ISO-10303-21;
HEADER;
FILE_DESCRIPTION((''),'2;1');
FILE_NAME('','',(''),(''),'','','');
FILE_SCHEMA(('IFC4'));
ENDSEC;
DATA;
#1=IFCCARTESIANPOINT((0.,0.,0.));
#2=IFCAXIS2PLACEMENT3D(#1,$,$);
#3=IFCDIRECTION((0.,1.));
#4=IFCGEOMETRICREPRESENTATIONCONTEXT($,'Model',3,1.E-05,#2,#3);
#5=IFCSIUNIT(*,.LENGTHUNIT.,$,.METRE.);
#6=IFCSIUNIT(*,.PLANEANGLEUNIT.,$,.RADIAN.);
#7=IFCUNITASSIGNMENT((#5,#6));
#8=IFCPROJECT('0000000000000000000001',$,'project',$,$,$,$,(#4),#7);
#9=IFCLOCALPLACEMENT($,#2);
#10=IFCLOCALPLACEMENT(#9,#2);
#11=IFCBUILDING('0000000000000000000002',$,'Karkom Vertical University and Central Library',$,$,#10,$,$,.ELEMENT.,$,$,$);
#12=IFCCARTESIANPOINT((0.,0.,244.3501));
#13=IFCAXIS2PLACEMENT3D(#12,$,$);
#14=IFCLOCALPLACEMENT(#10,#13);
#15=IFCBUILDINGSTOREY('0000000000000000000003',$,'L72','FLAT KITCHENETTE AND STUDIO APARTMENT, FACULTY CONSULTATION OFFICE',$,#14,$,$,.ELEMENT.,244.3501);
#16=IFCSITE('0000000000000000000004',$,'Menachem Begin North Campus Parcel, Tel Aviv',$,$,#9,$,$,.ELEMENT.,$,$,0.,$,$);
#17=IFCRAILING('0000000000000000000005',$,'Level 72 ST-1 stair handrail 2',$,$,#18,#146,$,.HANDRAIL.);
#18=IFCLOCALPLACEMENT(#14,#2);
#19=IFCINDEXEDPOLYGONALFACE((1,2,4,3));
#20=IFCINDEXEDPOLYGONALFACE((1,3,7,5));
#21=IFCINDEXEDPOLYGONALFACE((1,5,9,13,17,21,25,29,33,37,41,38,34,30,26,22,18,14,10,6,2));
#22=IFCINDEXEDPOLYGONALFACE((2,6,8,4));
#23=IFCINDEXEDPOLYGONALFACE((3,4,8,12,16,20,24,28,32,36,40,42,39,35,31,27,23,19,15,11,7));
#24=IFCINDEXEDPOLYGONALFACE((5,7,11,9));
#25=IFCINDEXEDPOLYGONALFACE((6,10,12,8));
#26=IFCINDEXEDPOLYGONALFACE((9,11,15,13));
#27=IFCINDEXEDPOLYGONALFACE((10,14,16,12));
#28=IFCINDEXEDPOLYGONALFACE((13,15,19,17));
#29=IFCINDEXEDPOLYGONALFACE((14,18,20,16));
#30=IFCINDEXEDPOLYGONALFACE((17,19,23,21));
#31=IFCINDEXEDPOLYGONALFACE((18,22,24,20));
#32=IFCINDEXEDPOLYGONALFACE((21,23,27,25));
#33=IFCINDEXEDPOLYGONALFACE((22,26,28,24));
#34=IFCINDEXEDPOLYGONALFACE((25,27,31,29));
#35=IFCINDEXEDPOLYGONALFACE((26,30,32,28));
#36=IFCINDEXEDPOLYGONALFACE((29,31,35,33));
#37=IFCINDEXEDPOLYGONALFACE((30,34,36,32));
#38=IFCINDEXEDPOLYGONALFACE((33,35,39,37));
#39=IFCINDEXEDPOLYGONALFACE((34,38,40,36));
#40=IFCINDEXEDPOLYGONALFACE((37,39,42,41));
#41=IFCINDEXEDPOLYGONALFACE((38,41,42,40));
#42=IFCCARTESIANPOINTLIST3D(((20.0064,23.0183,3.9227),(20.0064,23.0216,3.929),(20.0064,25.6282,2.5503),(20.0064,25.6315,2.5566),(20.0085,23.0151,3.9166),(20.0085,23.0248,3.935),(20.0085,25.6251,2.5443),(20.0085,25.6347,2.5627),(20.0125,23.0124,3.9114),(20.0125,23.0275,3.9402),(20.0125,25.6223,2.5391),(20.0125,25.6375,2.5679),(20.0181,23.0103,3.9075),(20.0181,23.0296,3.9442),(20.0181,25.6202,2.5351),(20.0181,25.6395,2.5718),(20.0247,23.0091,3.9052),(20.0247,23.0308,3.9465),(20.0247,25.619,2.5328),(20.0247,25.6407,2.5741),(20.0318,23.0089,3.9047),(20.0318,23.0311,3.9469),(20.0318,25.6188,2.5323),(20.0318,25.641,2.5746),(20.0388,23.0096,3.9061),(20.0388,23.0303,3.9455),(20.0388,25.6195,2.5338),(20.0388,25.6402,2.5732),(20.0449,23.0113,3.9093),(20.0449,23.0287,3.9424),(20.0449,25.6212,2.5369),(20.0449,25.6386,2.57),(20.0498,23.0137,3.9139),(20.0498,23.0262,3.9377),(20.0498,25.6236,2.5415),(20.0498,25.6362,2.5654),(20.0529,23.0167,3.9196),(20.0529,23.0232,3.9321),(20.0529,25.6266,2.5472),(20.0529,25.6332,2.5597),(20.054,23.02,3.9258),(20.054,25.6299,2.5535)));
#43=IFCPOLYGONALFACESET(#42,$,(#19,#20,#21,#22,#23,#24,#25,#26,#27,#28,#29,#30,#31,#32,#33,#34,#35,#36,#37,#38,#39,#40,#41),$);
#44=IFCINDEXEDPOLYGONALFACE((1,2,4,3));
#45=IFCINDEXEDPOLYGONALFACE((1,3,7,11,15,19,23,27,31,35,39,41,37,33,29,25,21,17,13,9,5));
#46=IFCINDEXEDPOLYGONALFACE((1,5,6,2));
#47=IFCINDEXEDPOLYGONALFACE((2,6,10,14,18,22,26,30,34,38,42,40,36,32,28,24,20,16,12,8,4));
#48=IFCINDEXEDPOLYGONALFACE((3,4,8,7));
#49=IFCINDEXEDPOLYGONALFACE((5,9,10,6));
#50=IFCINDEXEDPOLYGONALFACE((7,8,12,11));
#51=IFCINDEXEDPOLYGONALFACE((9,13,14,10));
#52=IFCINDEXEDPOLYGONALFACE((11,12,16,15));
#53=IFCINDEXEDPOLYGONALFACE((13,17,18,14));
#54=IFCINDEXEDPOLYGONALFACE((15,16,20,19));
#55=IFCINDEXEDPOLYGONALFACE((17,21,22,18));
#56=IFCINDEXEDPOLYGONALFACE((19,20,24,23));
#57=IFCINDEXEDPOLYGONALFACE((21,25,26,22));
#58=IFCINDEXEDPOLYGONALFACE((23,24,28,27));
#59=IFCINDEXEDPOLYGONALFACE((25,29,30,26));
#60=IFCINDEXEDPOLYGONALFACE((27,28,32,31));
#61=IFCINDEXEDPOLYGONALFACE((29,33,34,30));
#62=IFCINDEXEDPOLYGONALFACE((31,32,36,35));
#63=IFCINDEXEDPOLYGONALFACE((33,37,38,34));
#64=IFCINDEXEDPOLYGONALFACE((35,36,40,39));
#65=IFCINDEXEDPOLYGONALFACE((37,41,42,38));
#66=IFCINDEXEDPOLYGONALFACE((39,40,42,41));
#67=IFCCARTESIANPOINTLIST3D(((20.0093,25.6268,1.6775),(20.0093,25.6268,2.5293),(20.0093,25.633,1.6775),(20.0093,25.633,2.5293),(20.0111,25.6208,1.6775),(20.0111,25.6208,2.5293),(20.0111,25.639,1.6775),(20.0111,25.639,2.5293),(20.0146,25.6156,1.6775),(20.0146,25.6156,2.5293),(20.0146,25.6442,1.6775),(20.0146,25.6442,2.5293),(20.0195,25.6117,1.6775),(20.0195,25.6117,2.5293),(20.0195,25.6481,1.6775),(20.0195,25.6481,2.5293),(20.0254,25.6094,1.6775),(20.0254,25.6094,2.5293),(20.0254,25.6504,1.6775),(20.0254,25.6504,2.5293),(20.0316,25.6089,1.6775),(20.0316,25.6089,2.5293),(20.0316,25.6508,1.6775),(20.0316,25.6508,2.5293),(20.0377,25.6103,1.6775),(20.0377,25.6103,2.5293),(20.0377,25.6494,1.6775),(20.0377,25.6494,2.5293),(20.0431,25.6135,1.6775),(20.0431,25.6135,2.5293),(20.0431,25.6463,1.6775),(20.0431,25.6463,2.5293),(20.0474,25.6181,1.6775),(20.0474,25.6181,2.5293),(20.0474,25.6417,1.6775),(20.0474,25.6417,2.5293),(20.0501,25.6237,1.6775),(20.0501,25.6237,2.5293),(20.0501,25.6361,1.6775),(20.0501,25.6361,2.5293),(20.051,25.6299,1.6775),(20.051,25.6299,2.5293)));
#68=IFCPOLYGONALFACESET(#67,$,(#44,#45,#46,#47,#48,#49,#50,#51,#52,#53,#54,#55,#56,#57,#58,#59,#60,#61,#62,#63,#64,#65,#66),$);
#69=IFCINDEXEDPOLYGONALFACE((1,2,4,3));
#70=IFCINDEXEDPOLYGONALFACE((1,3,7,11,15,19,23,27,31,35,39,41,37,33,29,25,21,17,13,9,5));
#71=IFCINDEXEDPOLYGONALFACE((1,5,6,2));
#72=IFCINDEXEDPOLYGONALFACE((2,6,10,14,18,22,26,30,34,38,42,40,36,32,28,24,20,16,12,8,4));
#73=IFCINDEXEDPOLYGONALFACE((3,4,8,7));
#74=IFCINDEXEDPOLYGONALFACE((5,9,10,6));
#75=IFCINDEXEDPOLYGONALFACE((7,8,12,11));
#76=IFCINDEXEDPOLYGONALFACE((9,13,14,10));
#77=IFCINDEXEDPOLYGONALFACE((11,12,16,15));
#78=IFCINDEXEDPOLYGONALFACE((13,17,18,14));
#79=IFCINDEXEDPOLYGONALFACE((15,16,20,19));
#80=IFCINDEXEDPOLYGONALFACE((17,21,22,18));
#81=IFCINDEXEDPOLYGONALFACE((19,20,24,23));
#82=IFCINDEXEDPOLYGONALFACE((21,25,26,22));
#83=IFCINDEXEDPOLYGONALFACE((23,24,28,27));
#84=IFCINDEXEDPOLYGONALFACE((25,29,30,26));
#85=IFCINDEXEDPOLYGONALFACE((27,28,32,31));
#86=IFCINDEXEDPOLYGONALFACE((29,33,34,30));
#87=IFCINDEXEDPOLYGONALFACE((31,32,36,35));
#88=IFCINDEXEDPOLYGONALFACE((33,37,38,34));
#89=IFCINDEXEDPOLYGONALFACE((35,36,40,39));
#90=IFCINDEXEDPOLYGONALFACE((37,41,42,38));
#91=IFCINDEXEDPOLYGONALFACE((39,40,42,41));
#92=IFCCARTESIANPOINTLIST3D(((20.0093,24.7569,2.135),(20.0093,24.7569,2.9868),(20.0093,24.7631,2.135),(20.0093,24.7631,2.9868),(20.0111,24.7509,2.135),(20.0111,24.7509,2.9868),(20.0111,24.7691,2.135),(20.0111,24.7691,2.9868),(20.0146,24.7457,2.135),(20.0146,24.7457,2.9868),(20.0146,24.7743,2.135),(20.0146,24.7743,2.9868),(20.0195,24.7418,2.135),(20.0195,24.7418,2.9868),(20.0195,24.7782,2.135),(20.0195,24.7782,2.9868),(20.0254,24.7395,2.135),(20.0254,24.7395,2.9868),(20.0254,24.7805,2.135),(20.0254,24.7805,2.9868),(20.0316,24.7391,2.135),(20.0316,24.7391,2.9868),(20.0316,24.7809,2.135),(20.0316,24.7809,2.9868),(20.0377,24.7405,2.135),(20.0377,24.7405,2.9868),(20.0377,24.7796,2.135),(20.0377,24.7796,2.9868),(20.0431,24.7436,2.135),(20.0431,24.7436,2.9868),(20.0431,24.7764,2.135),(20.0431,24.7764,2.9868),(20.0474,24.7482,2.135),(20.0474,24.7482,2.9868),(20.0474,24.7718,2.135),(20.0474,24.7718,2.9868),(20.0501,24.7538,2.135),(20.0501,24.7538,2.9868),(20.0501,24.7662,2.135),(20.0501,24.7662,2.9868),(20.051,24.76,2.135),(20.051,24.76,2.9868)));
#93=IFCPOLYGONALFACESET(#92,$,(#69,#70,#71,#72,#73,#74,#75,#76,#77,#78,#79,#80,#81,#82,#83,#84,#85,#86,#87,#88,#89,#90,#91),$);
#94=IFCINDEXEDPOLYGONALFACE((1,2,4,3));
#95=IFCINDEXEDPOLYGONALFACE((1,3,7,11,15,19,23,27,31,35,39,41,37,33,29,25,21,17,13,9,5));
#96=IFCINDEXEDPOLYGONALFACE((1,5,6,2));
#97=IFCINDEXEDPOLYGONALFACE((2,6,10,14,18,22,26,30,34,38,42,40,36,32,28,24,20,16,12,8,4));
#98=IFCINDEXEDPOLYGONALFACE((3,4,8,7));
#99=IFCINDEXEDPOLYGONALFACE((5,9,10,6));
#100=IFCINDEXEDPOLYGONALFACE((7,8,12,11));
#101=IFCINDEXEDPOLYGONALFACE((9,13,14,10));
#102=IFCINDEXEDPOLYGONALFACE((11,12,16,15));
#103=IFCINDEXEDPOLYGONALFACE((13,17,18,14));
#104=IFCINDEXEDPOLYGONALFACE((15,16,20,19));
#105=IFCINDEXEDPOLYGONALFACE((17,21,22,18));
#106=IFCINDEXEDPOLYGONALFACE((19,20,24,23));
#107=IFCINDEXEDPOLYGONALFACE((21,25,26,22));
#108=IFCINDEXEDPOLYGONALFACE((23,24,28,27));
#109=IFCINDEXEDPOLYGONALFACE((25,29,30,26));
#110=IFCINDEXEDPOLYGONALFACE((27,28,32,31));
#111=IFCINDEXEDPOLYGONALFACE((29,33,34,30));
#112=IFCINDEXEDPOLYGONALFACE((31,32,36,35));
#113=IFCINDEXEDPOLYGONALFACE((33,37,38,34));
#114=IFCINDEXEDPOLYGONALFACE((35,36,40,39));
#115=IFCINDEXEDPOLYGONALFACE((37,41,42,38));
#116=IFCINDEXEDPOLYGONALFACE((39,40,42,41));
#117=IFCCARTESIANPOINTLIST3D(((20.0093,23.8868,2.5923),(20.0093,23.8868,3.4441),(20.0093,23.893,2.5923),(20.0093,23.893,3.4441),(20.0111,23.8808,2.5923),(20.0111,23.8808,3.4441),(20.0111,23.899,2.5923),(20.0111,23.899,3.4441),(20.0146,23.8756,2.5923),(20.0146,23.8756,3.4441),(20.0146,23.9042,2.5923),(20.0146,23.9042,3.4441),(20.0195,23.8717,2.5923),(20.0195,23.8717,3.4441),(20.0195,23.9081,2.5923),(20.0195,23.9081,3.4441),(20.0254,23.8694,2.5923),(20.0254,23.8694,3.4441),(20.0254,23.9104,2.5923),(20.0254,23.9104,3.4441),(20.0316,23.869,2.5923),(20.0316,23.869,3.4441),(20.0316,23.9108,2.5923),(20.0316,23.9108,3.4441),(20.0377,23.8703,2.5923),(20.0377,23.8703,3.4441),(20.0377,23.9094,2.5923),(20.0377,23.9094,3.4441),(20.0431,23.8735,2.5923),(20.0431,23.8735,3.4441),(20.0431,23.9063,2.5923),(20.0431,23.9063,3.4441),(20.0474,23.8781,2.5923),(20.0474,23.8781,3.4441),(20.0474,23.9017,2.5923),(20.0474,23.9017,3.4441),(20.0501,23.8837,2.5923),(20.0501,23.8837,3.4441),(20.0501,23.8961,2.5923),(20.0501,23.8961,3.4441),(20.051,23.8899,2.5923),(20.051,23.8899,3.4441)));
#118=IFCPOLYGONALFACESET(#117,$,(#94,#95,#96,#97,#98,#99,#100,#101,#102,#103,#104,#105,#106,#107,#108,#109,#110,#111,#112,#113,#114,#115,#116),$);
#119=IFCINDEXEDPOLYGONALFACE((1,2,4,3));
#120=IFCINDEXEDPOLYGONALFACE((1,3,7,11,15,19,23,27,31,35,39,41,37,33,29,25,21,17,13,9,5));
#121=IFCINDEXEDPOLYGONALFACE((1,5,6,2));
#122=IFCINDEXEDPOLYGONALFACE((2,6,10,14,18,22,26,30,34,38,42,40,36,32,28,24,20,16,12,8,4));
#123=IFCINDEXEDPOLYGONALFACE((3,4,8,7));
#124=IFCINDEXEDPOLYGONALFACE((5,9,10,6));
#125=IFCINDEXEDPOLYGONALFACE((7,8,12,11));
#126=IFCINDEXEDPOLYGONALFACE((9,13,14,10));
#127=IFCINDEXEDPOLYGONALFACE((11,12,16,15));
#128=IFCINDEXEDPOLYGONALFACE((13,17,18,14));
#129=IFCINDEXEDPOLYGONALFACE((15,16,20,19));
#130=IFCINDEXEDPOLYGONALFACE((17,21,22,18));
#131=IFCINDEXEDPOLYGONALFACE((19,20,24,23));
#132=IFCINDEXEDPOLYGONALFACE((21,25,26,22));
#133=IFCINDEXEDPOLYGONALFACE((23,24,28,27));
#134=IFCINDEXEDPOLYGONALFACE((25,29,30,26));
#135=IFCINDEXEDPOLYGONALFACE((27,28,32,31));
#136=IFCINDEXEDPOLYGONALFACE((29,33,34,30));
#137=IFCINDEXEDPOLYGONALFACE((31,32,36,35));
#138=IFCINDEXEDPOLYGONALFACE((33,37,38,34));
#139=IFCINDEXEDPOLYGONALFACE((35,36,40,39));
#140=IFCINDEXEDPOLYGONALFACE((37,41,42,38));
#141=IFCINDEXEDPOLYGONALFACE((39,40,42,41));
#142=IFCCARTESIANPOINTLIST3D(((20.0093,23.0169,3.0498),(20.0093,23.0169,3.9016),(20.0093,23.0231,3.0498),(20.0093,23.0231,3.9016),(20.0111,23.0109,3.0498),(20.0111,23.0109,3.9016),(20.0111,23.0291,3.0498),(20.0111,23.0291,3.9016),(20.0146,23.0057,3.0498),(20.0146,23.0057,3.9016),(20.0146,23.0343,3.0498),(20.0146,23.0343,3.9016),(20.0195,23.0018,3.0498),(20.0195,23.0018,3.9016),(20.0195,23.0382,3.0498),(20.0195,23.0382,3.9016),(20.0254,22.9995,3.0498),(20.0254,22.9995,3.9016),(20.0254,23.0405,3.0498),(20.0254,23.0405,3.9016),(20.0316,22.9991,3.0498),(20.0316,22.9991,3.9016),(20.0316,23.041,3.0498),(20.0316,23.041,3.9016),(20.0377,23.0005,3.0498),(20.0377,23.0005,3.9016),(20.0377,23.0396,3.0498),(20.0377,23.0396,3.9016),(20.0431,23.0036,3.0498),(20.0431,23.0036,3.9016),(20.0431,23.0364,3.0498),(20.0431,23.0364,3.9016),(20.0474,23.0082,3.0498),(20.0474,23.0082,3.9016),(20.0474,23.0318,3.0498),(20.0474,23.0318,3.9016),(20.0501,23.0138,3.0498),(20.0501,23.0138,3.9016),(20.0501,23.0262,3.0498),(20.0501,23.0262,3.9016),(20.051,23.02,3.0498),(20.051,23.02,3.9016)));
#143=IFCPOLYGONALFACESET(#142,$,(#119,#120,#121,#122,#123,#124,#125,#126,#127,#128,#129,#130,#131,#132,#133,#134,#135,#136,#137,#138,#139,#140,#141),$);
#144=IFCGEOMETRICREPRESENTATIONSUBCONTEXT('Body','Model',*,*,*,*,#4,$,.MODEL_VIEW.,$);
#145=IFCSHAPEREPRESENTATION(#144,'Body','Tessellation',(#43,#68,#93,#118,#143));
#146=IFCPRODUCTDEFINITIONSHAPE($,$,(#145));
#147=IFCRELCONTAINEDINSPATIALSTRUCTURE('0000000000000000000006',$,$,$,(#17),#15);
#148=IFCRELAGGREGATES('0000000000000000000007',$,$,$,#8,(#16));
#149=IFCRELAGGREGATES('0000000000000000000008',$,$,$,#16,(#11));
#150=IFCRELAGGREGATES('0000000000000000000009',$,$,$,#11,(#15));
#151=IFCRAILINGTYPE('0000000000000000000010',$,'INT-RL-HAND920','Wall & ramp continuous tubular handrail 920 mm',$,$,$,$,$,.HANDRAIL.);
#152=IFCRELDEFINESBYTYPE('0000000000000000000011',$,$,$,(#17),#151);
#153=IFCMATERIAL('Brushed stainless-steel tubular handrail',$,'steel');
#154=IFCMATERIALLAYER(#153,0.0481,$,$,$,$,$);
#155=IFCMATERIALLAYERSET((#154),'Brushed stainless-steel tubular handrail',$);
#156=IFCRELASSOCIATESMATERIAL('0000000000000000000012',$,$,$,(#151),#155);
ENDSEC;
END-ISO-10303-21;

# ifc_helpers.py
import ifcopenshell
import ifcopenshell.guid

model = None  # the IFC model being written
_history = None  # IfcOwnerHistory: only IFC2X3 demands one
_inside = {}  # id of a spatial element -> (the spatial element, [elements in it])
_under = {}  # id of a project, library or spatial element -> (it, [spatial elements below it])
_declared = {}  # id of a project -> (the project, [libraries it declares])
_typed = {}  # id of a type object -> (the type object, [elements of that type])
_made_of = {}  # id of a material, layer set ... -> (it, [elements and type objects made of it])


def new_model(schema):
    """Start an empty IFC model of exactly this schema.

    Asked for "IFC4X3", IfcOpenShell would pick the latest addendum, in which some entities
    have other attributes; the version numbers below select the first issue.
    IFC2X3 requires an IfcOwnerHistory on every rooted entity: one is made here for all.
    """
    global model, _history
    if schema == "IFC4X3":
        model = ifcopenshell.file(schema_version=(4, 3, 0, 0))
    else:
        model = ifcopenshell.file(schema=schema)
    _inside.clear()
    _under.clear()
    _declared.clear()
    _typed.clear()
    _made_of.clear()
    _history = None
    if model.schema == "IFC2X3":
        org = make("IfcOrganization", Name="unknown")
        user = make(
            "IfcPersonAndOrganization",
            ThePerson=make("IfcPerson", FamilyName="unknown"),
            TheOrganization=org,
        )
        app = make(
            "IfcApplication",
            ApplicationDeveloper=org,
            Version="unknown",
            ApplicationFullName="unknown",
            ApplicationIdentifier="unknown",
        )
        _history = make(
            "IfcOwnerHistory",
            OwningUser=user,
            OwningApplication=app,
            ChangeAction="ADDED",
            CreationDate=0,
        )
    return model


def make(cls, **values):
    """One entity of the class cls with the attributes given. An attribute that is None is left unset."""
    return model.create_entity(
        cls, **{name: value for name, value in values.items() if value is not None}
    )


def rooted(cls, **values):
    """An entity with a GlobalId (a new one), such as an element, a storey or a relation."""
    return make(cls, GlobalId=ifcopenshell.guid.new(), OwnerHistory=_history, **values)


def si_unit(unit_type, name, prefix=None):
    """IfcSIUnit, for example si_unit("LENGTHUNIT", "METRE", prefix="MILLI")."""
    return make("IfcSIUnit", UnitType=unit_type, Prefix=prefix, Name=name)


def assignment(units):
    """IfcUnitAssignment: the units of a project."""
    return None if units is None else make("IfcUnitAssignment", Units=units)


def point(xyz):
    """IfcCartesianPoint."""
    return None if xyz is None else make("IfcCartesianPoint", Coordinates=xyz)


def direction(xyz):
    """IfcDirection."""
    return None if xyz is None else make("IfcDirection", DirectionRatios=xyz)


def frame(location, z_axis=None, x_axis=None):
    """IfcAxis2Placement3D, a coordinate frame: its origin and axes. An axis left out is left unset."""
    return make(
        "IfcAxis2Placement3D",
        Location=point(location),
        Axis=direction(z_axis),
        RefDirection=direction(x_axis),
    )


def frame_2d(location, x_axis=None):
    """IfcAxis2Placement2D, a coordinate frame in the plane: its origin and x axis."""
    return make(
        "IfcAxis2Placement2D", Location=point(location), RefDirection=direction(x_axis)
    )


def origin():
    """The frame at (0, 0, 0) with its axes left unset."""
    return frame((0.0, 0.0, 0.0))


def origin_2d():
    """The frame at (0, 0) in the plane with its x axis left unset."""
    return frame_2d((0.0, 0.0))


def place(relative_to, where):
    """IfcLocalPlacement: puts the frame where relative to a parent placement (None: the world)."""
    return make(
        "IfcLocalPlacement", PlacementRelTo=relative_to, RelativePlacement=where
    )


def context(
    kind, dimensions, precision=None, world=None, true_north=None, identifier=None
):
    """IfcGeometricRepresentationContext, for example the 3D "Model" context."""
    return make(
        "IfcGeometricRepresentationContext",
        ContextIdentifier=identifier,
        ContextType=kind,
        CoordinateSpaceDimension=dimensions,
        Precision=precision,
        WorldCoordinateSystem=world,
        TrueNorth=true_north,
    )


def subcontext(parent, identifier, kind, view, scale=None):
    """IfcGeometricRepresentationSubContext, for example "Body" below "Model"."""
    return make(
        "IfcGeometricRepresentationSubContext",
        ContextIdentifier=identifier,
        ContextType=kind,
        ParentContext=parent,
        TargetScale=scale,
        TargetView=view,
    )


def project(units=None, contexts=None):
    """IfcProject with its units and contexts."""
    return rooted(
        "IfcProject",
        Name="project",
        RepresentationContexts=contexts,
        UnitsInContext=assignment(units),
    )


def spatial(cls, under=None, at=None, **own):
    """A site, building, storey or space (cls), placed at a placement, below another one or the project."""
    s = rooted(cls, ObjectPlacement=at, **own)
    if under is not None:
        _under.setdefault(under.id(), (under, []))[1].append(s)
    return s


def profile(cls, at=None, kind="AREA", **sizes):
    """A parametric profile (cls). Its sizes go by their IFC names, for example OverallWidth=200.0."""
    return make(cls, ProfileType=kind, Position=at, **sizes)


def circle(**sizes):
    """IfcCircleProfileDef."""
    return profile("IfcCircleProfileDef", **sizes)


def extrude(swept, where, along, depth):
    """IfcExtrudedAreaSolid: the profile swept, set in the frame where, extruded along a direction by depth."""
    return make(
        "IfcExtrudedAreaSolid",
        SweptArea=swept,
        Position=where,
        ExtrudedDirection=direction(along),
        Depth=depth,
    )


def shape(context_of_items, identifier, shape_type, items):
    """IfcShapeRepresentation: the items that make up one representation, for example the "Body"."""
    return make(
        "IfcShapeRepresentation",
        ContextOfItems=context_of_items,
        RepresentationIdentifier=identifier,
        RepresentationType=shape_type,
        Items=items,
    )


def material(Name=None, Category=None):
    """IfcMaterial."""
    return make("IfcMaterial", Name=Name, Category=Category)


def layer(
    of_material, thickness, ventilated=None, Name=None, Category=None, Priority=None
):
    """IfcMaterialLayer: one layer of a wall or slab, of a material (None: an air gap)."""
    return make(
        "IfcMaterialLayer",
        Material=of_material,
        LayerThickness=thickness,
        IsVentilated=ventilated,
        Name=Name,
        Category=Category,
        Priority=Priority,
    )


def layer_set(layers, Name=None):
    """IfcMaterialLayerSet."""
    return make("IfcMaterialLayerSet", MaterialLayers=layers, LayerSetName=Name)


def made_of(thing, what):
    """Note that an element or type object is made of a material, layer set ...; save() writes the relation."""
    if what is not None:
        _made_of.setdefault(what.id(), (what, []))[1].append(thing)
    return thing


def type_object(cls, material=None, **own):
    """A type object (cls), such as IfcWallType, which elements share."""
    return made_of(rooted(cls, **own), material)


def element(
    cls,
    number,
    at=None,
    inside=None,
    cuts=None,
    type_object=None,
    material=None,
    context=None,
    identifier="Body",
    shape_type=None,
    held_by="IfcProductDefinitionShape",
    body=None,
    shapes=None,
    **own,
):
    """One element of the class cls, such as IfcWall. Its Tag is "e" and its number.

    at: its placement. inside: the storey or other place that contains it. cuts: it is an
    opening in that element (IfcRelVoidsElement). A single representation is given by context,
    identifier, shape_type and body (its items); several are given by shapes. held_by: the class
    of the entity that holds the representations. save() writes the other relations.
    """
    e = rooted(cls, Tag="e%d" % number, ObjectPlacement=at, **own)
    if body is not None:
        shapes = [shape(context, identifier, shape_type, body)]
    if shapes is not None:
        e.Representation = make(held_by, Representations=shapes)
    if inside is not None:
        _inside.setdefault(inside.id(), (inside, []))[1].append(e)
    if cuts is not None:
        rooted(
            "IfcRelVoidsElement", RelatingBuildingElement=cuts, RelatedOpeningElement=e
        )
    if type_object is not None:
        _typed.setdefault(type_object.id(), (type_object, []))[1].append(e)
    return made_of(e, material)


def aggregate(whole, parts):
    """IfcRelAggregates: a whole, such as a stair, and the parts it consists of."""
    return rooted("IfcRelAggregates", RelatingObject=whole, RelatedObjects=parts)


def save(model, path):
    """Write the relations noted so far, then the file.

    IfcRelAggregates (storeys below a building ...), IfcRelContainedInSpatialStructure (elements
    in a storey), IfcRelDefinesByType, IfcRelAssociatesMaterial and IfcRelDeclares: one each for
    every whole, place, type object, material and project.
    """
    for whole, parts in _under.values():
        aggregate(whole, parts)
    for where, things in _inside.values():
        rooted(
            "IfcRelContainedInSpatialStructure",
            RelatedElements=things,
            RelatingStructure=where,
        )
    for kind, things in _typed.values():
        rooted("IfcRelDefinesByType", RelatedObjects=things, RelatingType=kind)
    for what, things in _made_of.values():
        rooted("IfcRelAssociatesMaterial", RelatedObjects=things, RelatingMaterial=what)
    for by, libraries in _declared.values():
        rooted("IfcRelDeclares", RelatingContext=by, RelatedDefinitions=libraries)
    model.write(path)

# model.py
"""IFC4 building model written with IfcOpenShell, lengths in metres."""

from ifc_helpers import new_model, si_unit, direction, frame, origin, origin_2d, place, context, subcontext, project, spatial, circle, extrude, material, layer, layer_set, type_object, element, save


model = new_model("IFC4")

# Units and contexts
model_context = context("Model", 3, precision=1e-05, world=origin(), true_north=direction((0.0, 1.0)))
body_context = subcontext(model_context, "Body", "Model", "MODEL_VIEW")
ifc_project = project(units=[si_unit("LENGTHUNIT", "METRE"), si_unit("PLANEANGLEUNIT", "RADIAN")], contexts=[model_context])

# Site, building, storey
site_placement = place(None, origin())
site = spatial("IfcSite", under=ifc_project, at=site_placement, Name="Menachem Begin North Campus Parcel, Tel Aviv", CompositionType="ELEMENT", RefElevation=0.0)
building_placement = place(site_placement, origin())
building = spatial("IfcBuilding", under=site, at=building_placement, Name="Karkom Vertical University and Central Library", CompositionType="ELEMENT")
storey_placement = place(building_placement, frame((0.0, 0.0, 244.3501)))
storey = spatial("IfcBuildingStorey", under=building, at=storey_placement, Name="L72", Description="FLAT KITCHENETTE AND STUDIO APARTMENT, FACULTY CONSULTATION OFFICE", CompositionType="ELEMENT", Elevation=244.3501)

# Railing
ifc_material_1 = material(Name="Brushed stainless-steel tubular handrail", Category="steel")
ifc_layer_1 = layer(ifc_material_1, 0.0481)
ifc_layer_set_1 = layer_set([ifc_layer_1], Name="Brushed stainless-steel tubular handrail")
railing_type_1 = type_object("IfcRailingType", Name="INT-RL-HAND920", Description="Wall & ramp continuous tubular handrail 920 mm", PredefinedType="HANDRAIL", material=ifc_layer_set_1)
railing_1_placement = place(storey_placement, frame((20.03, 25.6299, 1.6775)))
element("IfcRailing", 1, at=railing_1_placement, inside=storey, type_object=railing_type_1, Name="Level 72 ST-1 stair handrail 2", PredefinedType="HANDRAIL", context=body_context, shape_type="SweptSolid", body=[
    extrude(circle(Radius=0.0239, at=origin_2d()), frame((0.0, 0.0, 0.876), z_axis=(0.0, -0.8851, 0.465402), x_axis=(1.0, 0.0, 0.0)), (0.0, 0.0, 1.0), 2.9487),
    extrude(circle(Radius=0.021, at=origin_2d()), origin(), (0.0, 0.0, 1.0), 0.8518),
    extrude(circle(Radius=0.021, at=origin_2d()), frame((0.0, -0.8699, 0.4575)), (0.0, 0.0, 1.0), 0.8518),
    extrude(circle(Radius=0.021, at=origin_2d()), frame((0.0, -1.74, 0.9148)), (0.0, 0.0, 1.0), 0.8518),
    extrude(circle(Radius=0.021, at=origin_2d()), frame((0.0, -2.6099, 1.3723)), (0.0, 0.0, 1.0), 0.8518),
])

save(model, "model.ifc")
